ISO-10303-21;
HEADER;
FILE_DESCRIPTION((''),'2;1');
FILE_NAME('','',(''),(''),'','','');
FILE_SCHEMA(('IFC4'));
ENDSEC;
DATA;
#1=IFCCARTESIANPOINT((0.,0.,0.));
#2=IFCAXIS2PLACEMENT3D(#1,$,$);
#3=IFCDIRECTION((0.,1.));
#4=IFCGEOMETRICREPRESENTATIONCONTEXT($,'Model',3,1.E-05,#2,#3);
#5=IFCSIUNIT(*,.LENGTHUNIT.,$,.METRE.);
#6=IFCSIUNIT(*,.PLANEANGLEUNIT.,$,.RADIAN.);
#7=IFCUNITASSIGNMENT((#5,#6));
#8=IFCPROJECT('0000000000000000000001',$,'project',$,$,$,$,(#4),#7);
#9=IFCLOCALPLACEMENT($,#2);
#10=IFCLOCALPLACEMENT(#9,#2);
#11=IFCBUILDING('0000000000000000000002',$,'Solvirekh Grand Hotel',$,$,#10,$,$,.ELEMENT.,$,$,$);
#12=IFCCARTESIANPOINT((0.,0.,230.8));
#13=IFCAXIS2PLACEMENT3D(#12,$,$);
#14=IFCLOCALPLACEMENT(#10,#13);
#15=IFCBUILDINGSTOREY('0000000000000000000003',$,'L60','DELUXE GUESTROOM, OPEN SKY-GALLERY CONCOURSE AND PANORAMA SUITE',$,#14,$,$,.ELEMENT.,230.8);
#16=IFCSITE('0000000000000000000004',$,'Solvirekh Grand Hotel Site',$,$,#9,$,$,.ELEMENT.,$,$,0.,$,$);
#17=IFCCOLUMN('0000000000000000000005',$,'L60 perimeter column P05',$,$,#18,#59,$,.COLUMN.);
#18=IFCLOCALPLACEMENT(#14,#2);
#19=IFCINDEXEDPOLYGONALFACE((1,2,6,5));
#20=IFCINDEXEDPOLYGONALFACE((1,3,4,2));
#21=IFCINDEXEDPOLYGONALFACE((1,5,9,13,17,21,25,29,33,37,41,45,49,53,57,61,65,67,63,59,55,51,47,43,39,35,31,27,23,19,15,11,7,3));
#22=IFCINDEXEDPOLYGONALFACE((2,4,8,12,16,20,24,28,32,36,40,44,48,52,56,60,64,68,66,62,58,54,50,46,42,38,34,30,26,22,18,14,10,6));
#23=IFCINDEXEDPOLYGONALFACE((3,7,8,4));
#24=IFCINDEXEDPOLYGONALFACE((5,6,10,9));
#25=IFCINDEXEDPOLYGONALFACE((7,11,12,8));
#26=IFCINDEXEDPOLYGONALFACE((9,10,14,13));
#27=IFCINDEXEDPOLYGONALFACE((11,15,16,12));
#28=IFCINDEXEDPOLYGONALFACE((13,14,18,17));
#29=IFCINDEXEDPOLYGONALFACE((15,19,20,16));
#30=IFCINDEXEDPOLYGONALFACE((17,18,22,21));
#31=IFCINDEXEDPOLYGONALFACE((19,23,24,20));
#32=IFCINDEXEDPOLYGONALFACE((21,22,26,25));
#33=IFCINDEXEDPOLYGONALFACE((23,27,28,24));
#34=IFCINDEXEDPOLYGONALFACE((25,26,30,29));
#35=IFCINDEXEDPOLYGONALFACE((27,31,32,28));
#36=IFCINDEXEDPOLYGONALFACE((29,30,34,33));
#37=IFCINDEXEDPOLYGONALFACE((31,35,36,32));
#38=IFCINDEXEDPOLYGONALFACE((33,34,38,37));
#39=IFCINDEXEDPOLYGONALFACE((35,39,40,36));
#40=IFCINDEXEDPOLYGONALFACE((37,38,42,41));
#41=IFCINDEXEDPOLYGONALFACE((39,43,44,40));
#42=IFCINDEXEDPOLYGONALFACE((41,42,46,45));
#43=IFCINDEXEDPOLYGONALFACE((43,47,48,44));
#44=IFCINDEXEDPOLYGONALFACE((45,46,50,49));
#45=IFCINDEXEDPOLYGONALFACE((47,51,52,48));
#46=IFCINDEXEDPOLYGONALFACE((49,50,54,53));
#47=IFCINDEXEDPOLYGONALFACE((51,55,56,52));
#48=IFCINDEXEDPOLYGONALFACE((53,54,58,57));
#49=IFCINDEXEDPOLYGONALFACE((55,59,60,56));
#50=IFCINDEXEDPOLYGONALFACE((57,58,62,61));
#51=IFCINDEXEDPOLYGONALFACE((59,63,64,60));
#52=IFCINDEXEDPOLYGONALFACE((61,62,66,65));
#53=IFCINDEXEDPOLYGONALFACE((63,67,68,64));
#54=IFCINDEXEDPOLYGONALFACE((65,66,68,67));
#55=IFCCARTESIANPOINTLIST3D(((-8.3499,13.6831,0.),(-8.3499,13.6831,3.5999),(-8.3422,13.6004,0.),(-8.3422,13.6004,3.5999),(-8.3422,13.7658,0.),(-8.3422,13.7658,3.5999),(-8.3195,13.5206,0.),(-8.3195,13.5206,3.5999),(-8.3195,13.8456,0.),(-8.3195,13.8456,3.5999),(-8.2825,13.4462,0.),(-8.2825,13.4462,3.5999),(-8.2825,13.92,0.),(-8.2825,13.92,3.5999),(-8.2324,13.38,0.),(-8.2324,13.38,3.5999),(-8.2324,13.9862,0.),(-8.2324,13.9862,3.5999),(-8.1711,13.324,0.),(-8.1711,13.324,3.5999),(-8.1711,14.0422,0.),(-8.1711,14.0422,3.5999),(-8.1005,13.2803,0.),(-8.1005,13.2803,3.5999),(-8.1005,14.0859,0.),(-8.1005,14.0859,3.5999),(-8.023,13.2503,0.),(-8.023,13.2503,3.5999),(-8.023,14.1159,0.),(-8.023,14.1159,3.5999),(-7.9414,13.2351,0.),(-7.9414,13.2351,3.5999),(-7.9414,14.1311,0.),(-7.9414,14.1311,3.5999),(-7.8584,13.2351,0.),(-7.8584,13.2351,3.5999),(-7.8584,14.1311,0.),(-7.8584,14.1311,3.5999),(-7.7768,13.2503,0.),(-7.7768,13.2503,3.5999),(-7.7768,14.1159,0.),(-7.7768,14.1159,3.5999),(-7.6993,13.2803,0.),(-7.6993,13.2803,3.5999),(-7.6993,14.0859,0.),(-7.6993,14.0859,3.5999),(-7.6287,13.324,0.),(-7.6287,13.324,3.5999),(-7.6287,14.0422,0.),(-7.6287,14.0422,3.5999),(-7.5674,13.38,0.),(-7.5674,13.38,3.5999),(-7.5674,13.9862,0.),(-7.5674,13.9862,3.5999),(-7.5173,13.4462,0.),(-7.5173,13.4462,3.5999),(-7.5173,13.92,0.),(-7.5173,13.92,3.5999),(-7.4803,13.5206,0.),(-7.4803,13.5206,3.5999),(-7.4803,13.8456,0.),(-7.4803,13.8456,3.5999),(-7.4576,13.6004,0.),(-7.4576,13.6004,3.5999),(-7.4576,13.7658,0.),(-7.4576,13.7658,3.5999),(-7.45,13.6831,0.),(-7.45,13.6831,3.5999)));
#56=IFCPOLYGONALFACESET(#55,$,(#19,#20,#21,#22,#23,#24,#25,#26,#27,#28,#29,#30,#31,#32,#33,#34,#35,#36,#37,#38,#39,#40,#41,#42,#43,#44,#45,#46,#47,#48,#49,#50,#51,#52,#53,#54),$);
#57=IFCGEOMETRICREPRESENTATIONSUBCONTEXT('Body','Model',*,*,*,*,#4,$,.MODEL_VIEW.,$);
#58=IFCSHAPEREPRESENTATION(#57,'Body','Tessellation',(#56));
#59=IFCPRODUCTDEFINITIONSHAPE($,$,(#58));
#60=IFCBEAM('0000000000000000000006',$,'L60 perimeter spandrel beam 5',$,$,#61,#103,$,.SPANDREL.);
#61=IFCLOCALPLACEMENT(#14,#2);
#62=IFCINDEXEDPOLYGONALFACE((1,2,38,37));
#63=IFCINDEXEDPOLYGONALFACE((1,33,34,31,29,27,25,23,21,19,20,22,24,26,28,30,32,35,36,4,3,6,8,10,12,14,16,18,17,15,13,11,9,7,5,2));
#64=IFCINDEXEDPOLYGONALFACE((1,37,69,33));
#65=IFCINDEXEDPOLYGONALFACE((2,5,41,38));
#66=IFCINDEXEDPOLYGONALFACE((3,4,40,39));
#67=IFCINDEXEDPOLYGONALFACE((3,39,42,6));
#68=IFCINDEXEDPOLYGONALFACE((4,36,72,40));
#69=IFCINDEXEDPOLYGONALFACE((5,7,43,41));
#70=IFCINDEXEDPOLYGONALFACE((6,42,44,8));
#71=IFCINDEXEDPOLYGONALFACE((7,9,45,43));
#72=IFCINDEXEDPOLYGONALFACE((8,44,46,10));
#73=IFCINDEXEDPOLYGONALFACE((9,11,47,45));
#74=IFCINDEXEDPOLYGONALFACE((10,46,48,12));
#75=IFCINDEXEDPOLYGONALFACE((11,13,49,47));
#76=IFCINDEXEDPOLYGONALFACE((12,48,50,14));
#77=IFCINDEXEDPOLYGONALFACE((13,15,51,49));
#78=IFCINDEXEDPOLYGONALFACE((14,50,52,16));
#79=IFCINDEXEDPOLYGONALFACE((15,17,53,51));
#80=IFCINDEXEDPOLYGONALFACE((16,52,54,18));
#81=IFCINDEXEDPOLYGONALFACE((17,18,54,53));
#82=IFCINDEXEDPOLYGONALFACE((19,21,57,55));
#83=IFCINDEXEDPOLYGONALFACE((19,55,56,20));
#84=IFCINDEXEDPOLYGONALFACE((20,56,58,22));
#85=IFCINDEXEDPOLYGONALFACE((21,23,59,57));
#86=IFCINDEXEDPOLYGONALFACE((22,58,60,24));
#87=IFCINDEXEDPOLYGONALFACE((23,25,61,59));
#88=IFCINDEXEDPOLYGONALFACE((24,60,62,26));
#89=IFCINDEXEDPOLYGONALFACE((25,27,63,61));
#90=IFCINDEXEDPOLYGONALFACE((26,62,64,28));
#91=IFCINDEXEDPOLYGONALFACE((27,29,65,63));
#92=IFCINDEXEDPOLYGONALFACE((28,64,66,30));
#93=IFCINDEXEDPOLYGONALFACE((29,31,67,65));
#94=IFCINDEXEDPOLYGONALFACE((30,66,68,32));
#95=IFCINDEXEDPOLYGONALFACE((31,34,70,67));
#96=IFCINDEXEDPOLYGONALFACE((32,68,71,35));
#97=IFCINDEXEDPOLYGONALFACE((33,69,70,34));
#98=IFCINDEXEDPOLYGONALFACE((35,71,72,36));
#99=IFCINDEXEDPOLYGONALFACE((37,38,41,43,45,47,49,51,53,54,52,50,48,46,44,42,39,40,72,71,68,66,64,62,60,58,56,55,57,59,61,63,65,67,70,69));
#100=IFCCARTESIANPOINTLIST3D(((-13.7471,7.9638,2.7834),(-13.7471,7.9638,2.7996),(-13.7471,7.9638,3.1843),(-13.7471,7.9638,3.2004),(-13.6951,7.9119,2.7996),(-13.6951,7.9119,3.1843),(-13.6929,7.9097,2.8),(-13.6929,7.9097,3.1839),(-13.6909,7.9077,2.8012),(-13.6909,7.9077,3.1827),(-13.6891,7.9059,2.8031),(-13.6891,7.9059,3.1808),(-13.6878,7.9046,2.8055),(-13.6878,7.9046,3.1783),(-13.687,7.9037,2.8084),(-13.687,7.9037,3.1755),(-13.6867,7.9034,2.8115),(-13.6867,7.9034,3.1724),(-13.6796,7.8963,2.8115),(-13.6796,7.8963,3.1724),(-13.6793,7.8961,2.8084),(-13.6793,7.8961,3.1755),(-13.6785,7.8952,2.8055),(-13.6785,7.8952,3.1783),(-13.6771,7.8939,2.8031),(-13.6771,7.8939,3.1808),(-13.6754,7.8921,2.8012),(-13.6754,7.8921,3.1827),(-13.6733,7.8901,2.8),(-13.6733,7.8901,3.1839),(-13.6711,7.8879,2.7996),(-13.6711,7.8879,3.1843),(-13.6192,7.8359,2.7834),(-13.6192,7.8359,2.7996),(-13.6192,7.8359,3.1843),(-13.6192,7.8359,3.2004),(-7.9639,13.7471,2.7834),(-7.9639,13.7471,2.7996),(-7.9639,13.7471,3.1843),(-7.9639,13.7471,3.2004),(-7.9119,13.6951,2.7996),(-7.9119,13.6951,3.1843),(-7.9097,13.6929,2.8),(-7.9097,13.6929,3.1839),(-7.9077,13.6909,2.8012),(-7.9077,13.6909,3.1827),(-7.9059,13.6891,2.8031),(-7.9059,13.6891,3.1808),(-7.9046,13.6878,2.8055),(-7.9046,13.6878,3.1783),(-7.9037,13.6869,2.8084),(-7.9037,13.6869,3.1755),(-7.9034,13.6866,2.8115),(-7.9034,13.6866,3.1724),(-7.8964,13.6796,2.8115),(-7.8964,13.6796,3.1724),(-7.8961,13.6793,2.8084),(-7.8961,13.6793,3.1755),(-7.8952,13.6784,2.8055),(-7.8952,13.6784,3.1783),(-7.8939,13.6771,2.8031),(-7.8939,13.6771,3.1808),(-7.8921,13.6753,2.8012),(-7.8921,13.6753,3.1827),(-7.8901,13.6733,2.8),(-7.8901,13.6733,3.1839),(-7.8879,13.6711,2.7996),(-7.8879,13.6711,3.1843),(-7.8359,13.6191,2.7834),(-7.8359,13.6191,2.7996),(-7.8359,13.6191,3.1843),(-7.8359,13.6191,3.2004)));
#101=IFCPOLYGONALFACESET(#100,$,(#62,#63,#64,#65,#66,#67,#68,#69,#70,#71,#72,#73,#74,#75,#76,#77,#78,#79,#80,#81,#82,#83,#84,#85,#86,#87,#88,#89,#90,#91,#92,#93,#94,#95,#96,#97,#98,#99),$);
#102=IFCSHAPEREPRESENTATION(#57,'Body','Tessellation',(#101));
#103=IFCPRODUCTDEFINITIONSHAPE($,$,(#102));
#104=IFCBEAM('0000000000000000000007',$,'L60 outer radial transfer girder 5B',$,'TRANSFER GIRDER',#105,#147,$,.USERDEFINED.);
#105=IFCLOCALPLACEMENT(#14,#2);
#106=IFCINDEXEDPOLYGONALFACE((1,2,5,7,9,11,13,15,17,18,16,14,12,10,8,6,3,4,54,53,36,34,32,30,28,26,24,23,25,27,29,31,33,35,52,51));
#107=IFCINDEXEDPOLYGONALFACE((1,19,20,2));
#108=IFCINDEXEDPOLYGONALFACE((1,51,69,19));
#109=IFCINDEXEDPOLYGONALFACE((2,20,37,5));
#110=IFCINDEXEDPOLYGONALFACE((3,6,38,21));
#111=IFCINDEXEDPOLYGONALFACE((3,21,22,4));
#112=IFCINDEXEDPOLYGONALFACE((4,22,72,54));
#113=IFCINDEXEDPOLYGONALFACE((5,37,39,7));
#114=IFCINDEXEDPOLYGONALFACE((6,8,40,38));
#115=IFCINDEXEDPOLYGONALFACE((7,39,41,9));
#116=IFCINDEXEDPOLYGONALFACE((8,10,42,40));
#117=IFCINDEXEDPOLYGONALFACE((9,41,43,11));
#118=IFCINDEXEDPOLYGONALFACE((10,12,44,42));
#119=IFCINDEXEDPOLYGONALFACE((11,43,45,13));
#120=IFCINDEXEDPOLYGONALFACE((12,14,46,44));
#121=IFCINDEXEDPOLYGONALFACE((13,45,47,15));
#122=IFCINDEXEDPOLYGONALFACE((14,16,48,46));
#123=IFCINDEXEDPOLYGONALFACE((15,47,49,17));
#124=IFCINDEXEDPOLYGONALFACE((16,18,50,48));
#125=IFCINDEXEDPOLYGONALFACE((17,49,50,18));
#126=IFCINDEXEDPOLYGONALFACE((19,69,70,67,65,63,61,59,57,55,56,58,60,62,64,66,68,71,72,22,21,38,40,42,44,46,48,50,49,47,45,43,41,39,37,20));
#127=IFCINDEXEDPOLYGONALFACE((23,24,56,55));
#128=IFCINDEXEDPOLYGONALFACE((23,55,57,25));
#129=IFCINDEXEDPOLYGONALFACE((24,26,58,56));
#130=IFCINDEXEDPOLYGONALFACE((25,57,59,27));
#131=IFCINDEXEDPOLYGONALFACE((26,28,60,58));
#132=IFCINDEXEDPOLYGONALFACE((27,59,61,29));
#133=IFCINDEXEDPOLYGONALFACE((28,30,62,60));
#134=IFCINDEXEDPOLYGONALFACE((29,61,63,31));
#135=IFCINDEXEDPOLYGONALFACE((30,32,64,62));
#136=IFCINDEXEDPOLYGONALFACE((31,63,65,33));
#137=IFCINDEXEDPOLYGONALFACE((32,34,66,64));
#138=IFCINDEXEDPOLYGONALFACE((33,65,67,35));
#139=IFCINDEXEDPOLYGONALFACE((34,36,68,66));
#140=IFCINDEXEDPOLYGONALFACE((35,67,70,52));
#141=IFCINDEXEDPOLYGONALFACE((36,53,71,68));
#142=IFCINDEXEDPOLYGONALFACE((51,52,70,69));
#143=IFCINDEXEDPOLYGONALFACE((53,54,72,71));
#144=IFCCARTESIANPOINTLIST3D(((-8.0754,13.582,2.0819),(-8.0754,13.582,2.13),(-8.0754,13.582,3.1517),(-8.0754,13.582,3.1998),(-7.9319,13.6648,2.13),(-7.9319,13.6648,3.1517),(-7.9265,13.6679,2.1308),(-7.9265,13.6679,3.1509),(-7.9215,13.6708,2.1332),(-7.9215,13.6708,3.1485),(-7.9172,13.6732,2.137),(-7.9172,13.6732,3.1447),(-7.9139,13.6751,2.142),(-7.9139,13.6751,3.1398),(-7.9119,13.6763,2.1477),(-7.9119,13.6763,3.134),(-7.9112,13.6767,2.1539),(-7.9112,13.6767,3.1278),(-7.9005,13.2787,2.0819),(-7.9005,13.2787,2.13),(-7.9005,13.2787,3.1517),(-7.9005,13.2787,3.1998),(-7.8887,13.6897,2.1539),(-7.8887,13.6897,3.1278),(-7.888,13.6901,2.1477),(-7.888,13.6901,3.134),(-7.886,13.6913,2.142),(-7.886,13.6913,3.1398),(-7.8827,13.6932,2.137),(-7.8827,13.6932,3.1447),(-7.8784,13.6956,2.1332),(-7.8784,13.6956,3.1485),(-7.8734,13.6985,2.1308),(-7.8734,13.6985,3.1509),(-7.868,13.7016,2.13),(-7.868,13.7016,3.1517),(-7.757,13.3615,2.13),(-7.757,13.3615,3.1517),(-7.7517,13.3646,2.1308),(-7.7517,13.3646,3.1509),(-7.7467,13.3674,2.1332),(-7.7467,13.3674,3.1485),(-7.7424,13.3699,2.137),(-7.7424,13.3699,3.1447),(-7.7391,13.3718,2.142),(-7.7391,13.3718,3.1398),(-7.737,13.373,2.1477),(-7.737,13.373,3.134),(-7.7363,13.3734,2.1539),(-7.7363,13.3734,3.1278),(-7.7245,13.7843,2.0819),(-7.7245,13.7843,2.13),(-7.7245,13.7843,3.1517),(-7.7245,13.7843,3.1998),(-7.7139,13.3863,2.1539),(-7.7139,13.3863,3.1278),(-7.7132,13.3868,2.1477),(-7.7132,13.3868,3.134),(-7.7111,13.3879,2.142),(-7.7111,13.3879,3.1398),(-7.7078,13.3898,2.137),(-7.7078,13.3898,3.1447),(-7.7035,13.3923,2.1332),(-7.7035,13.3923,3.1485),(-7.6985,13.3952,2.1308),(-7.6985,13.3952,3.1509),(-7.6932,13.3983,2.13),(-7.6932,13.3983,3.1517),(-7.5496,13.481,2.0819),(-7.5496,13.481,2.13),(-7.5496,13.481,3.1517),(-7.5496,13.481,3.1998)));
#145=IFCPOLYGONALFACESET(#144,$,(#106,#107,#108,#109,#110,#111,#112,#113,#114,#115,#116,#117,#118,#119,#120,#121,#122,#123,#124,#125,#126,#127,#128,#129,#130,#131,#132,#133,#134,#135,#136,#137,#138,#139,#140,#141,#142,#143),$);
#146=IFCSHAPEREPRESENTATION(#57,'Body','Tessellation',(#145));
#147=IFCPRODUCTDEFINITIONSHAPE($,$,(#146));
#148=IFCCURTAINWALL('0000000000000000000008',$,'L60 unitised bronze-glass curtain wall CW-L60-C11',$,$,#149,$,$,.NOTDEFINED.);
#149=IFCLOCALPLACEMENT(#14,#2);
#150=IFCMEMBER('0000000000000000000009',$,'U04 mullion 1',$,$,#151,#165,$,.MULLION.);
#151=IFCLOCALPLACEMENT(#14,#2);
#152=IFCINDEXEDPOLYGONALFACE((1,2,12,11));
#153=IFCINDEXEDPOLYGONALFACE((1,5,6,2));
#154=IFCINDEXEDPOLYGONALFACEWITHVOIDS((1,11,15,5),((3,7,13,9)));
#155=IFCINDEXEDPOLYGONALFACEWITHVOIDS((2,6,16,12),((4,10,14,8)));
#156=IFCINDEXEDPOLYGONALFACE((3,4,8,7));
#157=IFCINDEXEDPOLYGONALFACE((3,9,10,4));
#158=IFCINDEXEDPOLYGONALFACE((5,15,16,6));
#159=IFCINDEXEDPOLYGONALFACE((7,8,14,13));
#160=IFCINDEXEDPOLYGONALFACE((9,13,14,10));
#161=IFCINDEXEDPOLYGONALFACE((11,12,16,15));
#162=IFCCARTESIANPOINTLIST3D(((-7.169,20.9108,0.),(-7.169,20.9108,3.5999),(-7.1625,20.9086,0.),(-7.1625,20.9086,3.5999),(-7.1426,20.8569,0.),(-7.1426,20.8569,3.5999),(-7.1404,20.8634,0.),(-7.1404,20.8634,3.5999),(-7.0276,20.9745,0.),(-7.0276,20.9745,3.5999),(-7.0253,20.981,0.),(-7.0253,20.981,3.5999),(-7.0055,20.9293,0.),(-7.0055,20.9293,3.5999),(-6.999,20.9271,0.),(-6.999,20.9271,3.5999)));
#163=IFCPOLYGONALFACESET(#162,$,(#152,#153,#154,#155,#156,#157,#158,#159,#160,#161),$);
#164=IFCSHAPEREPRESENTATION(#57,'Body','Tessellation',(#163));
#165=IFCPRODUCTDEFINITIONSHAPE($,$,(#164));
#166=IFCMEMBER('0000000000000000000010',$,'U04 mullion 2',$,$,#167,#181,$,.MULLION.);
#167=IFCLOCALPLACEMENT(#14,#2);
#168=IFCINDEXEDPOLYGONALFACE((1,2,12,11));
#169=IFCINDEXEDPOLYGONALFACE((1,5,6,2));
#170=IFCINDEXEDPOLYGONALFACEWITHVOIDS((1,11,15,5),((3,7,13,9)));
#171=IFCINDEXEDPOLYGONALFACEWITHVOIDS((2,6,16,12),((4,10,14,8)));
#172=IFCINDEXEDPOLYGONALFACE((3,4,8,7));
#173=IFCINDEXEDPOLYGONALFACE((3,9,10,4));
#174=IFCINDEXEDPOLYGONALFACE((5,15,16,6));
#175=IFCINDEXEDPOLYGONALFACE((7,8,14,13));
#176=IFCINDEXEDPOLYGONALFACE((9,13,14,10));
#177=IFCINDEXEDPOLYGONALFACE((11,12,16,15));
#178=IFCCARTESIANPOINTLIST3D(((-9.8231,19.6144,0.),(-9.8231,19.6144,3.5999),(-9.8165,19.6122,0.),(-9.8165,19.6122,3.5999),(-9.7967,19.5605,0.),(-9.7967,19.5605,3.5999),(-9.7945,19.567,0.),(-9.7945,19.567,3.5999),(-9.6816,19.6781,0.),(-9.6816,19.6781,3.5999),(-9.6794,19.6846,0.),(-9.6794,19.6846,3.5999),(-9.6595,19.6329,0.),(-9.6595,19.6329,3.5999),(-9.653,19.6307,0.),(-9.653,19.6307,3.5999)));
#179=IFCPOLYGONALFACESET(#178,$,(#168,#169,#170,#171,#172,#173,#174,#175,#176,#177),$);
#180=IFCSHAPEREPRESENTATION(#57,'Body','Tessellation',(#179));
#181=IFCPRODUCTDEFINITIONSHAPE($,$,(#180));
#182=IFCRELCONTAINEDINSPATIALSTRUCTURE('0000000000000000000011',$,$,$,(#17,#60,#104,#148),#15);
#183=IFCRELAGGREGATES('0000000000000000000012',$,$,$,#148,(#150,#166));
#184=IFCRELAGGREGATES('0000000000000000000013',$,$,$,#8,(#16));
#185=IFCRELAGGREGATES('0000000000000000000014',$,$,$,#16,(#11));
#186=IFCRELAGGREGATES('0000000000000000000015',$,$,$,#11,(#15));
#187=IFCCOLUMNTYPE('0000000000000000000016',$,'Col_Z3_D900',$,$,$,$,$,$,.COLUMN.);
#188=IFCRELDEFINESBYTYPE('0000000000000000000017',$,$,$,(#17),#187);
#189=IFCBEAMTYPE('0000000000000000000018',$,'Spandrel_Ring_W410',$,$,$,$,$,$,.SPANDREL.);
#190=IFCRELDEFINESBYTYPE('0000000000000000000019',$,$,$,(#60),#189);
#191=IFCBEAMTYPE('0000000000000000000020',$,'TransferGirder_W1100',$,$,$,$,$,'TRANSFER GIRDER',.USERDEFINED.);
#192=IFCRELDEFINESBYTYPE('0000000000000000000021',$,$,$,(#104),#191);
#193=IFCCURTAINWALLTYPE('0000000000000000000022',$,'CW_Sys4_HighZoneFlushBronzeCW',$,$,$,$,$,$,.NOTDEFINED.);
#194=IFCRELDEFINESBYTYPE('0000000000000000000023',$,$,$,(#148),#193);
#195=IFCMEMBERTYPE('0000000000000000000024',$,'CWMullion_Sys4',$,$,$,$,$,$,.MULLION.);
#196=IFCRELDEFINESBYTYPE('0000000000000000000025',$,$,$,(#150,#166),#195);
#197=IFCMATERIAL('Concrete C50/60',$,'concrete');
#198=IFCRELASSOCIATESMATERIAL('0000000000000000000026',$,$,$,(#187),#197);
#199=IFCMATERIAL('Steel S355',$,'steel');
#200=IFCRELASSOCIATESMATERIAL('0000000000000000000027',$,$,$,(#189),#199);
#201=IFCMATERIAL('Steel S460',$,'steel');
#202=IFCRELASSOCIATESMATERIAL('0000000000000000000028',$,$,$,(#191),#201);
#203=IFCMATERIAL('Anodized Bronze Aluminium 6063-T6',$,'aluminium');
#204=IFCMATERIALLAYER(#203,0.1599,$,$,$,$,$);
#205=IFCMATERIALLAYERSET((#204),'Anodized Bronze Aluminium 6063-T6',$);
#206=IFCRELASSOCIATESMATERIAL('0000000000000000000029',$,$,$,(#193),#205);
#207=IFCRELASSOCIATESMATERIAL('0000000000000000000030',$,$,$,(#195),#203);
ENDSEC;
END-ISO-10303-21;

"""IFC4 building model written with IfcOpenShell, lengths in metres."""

from ifc_helpers import new_model, si_unit, direction, frame, origin, origin_2d, place, context, subcontext, project, spatial, hollow_rectangle, circle, i_section, extrude, source, transform, mapped, material, layer, layer_set, material_profile, profile_set, type_object, element, aggregate, save


model = new_model("IFC4")

# Units and contexts
model_context = context("Model", 3, precision=1e-05, world=origin(), true_north=direction((0.0, 1.0)))
body_context = subcontext(model_context, "Body", "Model", "MODEL_VIEW")
ifc_project = project(units=[si_unit("LENGTHUNIT", "METRE"), si_unit("PLANEANGLEUNIT", "RADIAN")], contexts=[model_context])

# Site, building, storey
site_placement = place(None, origin())
site = spatial("IfcSite", under=ifc_project, at=site_placement, Name="Solvirekh Grand Hotel Site", CompositionType="ELEMENT", RefElevation=0.0)
building_placement = place(site_placement, origin())
building = spatial("IfcBuilding", under=site, at=building_placement, Name="Solvirekh Grand Hotel", CompositionType="ELEMENT")
storey_placement = place(building_placement, frame((0.0, 0.0, 230.8)))
storey = spatial("IfcBuildingStorey", under=building, at=storey_placement, Name="L60", Description="DELUXE GUESTROOM, OPEN SKY-GALLERY CONCOURSE AND PANORAMA SUITE", CompositionType="ELEMENT", Elevation=230.8)

# Column
ifc_material_1 = material(Name="Concrete C50/60", Category="concrete")
ifc_material_profile_1 = material_profile(ifc_material_1, circle(Radius=0.45, at=origin_2d()), Name="RC CIRC D900")
ifc_profile_set_1 = profile_set([ifc_material_profile_1], Name="Concrete C50/60")
column_type = type_object("IfcColumnType", Name="Col_Z3_D900", PredefinedType="COLUMN", material=ifc_profile_set_1)
column_placement = place(storey_placement, frame((-7.8999, 13.6831, 0.0), z_axis=(0.0, 0.0, 1.0), x_axis=(1.0, 0.0, 0.0)))
element("IfcColumn", 1, at=column_placement, inside=storey, type_object=column_type, Name="L60 perimeter column P05", PredefinedType="COLUMN", context=body_context, shape_type="SweptSolid", body=[
    extrude(circle(Radius=0.45, at=origin_2d()), origin(), (0.0, 0.0, 1.0), 3.5999),
])

# Beams
ifc_material_2 = material(Name="Steel S355", Category="steel")
ifc_material_profile_2 = material_profile(ifc_material_2, i_section(OverallWidth=0.1809, OverallDepth=0.417, WebThickness=0.01, FlangeThickness=0.0161, FilletRadius=0.012, at=origin_2d()), Name="W410X85")
ifc_profile_set_2 = profile_set([ifc_material_profile_2], Name="Steel S355")
beam_type_1 = type_object("IfcBeamType", Name="Spandrel_Ring_W410", PredefinedType="SPANDREL", material=ifc_profile_set_2)
beam_1_placement = place(storey_placement, frame((-7.8999, 13.6831, 2.9919), z_axis=(-0.707107, -0.707107, 0.0), x_axis=(0.707107, -0.707107, 0.0)))
element("IfcBeam", 2, at=beam_1_placement, inside=storey, type_object=beam_type_1, Name="L60 perimeter spandrel beam 5", PredefinedType="SPANDREL", context=body_context, shape_type="SweptSolid", body=[
    extrude(i_section(OverallWidth=0.1809, OverallDepth=0.417, WebThickness=0.01, FlangeThickness=0.0161, FilletRadius=0.012, at=origin_2d()), origin(), (0.0, 0.0, 1.0), 8.1787),
])
ifc_material_3 = material(Name="Steel S460", Category="steel")
ifc_material_profile_3 = material_profile(ifc_material_3, i_section(OverallWidth=0.405, OverallDepth=1.1179, WebThickness=0.0259, FlangeThickness=0.0481, FilletRadius=0.0239, at=origin_2d()), Name="W1100X499")
ifc_profile_set_3 = profile_set([ifc_material_profile_3], Name="Steel S460")
beam_type_2 = type_object("IfcBeamType", Name="TransferGirder_W1100", ElementType="TRANSFER GIRDER", PredefinedType="USERDEFINED", material=ifc_profile_set_3)
beam_2_placement = place(storey_placement, frame((-7.7251, 13.3799, 2.6409), z_axis=(-0.499441, 0.866348, 0.0), x_axis=(-0.866348, -0.499441, 0.0)))
element("IfcBeam", 3, at=beam_2_placement, inside=storey, type_object=beam_type_2, Name="L60 outer radial transfer girder 5B", ObjectType="TRANSFER GIRDER", PredefinedType="USERDEFINED", context=body_context, shape_type="SweptSolid", body=[
    extrude(i_section(OverallWidth=0.405, OverallDepth=1.1179, WebThickness=0.0259, FlangeThickness=0.0481, FilletRadius=0.0239, at=origin_2d()), origin(), (0.0, 0.0, 1.0), 0.3501),
])

# Curtain wall, members
ifc_material_4 = material(Name="Anodized Bronze Aluminium 6063-T6", Category="aluminium")
ifc_layer_1 = layer(ifc_material_4, 0.1599)
ifc_layer_set_1 = layer_set([ifc_layer_1], Name="Anodized Bronze Aluminium 6063-T6")
curtain_wall_type = type_object("IfcCurtainWallType", Name="CW_Sys4_HighZoneFlushBronzeCW", PredefinedType="NOTDEFINED", material=ifc_layer_set_1)
curtain_wall_placement = place(storey_placement, origin())
curtain_wall = element("IfcCurtainWall", 4, at=curtain_wall_placement, inside=storey, type_object=curtain_wall_type, Name="L60 unitised bronze-glass curtain wall CW-L60-C11", PredefinedType="NOTDEFINED")
ifc_material_profile_4 = material_profile(ifc_material_4, hollow_rectangle(XDim=0.0601, YDim=0.1599, WallThickness=0.0049, at=origin_2d()), Name="ALU RHS 160X60X5")
ifc_profile_set_4 = profile_set([ifc_material_profile_4], Name="Anodized Bronze Aluminium 6063-T6")
member_type_1 = type_object("IfcMemberType", Name="CWMullion_Sys4", PredefinedType="MULLION", material=ifc_profile_set_4)
shared_shape_1 = source(origin(), body_context, "Body", "SweptSolid", [
    extrude(hollow_rectangle(XDim=0.0601, YDim=0.1599, WallThickness=0.0049, at=origin_2d()), origin(), (0.0, 0.0, 1.0), 3.5999),
])
member_1_placement = place(storey_placement, frame((-7.084, 20.9189, 0.0), z_axis=(0.0, 0.0, 1.0), x_axis=(0.438882, -0.898544, 0.0)))
member_1 = element("IfcMember", 5, at=member_1_placement, type_object=member_type_1, Name="U04 mullion 1", PredefinedType="MULLION", context=body_context, shape_type="MappedRepresentation", body=[
    mapped(shared_shape_1, transform((0.0, 0.0, 0.0), x_axis=(1.0, 0.0, 0.0), y_axis=(0.0, 1.0, 0.0), z_axis=(0.0, 0.0, 1.0), scale=1.0)),
])
member_2_placement = place(storey_placement, frame((-9.738, 19.6226, 0.0), z_axis=(0.0, 0.0, 1.0), x_axis=(0.438882, -0.898544, 0.0)))
member_2 = element("IfcMember", 6, at=member_2_placement, type_object=member_type_1, Name="U04 mullion 2", PredefinedType="MULLION", context=body_context, shape_type="MappedRepresentation", body=[
    mapped(shared_shape_1, transform((0.0, 0.0, 0.0), x_axis=(1.0, 0.0, 0.0), y_axis=(0.0, 1.0, 0.0), z_axis=(0.0, 0.0, 1.0), scale=1.0)),
])
aggregate(curtain_wall, [member_1, member_2])

save(model, "model.ifc")
